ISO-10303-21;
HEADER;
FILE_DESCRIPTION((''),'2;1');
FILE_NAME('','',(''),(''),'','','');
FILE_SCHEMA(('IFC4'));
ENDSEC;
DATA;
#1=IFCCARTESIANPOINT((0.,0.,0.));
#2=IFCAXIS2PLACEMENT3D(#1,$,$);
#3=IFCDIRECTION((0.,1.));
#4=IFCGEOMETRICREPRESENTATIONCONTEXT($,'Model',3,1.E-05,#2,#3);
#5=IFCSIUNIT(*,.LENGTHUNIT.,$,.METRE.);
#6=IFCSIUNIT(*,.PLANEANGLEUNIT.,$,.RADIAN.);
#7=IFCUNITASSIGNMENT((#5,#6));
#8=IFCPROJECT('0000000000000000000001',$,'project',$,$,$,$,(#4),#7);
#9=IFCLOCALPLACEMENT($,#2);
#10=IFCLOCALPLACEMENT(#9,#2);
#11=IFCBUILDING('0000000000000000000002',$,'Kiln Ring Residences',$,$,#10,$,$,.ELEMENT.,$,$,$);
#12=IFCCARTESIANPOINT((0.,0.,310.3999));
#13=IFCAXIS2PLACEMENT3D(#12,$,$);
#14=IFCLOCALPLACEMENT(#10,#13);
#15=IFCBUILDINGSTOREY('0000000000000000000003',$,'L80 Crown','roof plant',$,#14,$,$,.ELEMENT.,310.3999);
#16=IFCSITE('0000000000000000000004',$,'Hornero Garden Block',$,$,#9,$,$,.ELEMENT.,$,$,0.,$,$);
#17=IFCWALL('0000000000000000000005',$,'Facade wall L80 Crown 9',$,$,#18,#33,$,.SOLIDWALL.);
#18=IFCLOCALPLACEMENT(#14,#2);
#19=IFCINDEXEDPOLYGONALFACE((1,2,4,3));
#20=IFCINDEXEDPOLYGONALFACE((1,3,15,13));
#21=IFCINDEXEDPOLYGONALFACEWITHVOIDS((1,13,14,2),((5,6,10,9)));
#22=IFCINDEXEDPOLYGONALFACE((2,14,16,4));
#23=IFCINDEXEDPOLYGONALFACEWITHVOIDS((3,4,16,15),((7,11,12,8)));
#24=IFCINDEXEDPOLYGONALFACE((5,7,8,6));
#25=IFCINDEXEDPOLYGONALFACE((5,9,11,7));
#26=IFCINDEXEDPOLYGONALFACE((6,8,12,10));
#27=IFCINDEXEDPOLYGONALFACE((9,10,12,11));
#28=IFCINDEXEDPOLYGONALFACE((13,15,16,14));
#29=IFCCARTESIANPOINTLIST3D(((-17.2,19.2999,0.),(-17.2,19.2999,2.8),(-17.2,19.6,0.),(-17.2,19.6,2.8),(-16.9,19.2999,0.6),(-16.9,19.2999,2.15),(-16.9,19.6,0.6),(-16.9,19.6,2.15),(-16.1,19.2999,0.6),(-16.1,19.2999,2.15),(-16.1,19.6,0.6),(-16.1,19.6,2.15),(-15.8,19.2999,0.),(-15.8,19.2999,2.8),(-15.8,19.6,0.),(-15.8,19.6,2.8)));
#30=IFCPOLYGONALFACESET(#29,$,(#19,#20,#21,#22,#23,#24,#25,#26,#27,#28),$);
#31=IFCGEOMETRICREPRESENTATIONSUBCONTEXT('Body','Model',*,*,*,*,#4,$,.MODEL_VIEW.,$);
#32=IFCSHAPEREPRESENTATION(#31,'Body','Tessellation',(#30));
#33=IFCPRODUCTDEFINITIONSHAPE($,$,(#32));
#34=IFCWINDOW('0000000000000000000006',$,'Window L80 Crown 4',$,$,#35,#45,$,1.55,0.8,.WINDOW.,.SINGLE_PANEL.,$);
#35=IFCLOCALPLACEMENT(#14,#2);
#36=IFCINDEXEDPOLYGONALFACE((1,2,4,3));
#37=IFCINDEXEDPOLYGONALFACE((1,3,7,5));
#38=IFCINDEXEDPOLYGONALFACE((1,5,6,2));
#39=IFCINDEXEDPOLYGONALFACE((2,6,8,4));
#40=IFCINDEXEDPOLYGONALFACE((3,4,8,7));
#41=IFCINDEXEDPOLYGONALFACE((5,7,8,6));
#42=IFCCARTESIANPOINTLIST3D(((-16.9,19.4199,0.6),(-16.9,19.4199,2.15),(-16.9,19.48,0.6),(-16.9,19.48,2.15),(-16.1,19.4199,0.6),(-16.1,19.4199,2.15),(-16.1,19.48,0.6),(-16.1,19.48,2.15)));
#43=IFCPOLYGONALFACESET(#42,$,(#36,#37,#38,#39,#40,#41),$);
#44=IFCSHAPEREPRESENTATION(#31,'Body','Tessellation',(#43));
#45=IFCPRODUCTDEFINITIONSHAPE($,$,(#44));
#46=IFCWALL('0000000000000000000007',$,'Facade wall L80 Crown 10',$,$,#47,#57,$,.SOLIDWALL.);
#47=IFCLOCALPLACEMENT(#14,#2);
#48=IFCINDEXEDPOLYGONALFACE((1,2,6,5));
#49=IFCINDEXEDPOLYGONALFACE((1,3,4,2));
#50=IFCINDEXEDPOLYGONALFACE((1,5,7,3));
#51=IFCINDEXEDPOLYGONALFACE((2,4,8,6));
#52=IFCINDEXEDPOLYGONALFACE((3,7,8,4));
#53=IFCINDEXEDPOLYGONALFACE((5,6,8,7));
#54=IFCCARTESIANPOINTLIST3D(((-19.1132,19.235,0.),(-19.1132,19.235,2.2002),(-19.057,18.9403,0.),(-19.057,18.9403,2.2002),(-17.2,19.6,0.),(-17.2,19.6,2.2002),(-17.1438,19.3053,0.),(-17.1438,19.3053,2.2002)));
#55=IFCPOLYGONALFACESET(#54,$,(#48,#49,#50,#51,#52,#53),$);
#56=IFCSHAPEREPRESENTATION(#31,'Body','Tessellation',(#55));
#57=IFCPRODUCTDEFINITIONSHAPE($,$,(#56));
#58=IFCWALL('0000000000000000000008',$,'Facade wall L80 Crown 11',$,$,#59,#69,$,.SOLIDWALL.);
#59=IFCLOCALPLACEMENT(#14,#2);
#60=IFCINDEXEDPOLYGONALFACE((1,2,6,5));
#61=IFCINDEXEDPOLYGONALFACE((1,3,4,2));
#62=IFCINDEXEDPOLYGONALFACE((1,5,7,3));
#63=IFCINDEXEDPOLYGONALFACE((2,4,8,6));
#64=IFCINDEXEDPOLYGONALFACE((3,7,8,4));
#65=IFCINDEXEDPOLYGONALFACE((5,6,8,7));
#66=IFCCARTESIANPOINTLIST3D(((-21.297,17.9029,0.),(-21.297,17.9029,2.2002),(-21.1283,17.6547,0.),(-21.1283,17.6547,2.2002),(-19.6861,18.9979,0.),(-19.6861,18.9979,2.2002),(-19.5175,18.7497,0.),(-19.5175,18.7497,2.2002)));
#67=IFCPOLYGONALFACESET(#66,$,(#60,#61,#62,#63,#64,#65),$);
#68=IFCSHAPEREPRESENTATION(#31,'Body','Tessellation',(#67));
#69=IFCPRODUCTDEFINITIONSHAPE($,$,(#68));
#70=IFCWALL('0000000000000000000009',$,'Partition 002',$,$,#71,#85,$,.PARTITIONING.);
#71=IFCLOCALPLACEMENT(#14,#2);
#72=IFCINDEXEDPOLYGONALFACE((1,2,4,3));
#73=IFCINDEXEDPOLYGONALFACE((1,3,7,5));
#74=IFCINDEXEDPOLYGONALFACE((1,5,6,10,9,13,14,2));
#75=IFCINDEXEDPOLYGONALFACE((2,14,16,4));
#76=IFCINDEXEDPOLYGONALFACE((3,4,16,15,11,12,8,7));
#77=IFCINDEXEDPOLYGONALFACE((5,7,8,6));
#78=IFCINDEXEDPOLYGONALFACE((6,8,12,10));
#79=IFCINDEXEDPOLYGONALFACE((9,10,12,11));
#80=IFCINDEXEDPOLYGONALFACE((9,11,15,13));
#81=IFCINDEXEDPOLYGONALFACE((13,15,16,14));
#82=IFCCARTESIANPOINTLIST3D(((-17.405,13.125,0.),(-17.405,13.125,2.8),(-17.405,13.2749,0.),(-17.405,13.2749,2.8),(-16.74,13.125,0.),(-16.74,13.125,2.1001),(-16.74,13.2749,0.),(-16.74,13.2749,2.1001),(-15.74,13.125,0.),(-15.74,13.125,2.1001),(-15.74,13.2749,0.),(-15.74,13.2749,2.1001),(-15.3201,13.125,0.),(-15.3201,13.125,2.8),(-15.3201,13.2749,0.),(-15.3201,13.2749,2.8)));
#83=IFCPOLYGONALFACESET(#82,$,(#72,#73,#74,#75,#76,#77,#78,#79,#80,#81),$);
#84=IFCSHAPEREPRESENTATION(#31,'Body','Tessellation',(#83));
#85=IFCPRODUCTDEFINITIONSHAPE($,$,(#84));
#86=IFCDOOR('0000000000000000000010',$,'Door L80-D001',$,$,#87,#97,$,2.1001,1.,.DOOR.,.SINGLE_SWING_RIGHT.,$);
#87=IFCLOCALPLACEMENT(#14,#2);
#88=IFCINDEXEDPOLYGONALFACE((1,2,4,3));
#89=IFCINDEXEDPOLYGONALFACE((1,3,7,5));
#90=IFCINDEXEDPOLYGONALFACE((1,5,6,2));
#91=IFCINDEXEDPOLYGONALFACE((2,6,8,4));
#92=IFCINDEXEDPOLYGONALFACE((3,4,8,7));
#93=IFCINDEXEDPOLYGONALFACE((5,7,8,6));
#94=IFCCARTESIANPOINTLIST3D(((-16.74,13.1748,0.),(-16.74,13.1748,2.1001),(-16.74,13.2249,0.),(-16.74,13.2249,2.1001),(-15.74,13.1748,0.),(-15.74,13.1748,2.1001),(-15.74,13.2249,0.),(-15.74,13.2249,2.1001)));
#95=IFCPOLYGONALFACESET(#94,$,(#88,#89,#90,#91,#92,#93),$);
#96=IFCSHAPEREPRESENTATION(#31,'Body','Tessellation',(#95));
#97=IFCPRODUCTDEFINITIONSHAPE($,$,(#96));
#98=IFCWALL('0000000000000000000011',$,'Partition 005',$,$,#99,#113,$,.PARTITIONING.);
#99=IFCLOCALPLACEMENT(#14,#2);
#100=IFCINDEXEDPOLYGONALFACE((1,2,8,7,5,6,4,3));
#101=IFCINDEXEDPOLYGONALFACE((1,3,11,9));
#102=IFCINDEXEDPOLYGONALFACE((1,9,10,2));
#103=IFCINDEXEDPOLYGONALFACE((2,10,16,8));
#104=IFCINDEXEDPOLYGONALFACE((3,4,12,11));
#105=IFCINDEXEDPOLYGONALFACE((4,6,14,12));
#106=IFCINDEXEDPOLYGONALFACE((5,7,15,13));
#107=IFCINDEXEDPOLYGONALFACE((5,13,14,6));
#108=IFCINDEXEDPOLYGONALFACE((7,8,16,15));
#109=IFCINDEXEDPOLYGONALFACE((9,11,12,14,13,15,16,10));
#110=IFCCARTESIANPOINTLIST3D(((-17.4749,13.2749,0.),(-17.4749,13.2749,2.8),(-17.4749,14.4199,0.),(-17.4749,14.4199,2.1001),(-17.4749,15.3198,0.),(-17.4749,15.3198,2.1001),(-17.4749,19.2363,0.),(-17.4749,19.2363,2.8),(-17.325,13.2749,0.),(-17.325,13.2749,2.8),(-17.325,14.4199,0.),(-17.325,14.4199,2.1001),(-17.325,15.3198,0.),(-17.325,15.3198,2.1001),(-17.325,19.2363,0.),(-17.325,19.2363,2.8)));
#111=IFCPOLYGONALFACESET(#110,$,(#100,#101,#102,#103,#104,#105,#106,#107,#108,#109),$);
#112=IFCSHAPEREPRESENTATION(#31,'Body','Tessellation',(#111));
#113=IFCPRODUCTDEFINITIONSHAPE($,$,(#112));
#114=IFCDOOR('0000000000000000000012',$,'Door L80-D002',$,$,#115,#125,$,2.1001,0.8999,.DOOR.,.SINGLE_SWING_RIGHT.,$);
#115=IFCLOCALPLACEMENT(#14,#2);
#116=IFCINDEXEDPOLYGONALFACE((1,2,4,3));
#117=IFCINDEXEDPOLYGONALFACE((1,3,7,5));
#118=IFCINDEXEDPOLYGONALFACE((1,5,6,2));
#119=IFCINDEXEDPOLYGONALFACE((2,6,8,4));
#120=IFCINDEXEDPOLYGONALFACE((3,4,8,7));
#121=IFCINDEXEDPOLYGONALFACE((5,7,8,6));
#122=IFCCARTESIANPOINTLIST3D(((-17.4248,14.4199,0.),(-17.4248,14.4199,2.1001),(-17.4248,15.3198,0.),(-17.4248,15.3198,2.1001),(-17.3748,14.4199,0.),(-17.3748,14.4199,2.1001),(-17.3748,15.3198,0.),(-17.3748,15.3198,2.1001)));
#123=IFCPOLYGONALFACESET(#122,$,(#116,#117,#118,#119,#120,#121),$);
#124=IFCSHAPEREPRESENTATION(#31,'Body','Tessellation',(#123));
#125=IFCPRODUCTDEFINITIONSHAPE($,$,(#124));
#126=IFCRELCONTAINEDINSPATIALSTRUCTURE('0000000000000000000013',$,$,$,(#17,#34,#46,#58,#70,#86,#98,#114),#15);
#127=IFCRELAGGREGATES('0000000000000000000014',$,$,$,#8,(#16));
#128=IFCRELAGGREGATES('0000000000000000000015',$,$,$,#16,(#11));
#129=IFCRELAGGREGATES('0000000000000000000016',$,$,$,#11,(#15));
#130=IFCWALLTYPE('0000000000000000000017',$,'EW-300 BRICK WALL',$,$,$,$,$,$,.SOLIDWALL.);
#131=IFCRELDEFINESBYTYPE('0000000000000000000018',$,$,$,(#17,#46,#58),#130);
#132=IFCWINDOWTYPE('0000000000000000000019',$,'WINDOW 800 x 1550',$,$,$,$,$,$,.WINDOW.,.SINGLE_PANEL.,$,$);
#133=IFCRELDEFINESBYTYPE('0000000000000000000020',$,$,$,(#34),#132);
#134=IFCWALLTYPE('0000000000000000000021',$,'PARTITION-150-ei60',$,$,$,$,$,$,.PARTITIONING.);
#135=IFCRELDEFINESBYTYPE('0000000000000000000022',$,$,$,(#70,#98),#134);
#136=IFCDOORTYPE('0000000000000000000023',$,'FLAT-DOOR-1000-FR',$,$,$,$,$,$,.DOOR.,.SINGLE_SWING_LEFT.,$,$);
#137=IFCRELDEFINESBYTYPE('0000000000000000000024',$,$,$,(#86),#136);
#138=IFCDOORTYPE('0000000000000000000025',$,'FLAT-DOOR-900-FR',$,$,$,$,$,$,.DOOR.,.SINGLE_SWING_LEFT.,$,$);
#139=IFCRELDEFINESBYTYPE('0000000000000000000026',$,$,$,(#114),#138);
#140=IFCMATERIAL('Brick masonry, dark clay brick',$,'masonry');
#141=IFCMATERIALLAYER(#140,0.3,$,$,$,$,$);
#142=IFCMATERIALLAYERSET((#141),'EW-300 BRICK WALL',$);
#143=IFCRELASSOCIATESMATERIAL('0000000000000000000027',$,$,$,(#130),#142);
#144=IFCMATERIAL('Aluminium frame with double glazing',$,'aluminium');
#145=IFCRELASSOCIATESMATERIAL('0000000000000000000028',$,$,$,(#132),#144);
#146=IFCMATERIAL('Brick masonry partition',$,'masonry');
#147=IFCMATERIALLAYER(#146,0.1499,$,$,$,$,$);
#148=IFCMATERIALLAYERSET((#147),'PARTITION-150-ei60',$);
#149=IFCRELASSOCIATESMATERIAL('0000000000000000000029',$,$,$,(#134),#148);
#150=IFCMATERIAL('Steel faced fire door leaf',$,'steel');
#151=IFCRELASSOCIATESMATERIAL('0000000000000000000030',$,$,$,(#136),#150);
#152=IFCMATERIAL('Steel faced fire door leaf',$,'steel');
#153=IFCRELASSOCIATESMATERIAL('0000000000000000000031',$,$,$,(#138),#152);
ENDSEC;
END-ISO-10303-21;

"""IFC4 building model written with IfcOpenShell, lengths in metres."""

from ifc_helpers import new_model, si_unit, direction, frame, frame_2d, origin, place, context, subcontext, project, spatial, rectangle, extrude, material, layer, layer_set, type_object, element, fill, save


model = new_model("IFC4")

# Units and contexts
model_context = context("Model", 3, precision=1e-05, world=origin(), true_north=direction((0.0, 1.0)))
body_context = subcontext(model_context, "Body", "Model", "MODEL_VIEW")
ifc_project = project(units=[si_unit("LENGTHUNIT", "METRE"), si_unit("PLANEANGLEUNIT", "RADIAN")], contexts=[model_context])

# Site, building, storey
site_placement = place(None, origin())
site = spatial("IfcSite", under=ifc_project, at=site_placement, Name="Hornero Garden Block", CompositionType="ELEMENT", RefElevation=0.0)
building_placement = place(site_placement, origin())
building = spatial("IfcBuilding", under=site, at=building_placement, Name="Kiln Ring Residences", CompositionType="ELEMENT")
storey_placement = place(building_placement, frame((0.0, 0.0, 310.3999)))
storey = spatial("IfcBuildingStorey", under=building, at=storey_placement, Name="L80 Crown", Description="roof plant", CompositionType="ELEMENT", Elevation=310.3999)

# Wall, opening, window
ifc_material_1 = material(Name="Brick masonry, dark clay brick", Category="masonry")
ifc_layer_1 = layer(ifc_material_1, 0.3)
ifc_layer_set_1 = layer_set([ifc_layer_1], Name="EW-300 BRICK WALL")
wall_type_1 = type_object("IfcWallType", Name="EW-300 BRICK WALL", PredefinedType="SOLIDWALL", material=ifc_layer_set_1)
wall_1_placement = place(storey_placement, frame((-15.8, 19.45, 0.0), z_axis=(0.0, 0.0, 1.0), x_axis=(-1.0, 0.0, 0.0)))
wall_1 = element("IfcWall", 1, at=wall_1_placement, inside=storey, type_object=wall_type_1, Name="Facade wall L80 Crown 9", PredefinedType="SOLIDWALL", context=body_context, shape_type="SweptSolid", body=[
    extrude(rectangle(XDim=1.3999, YDim=0.3, at=frame_2d((0.7, 0.0))), origin(), (0.0, 0.0, 1.0), 2.8),
])
opening_1_placement = place(wall_1_placement, frame((0.3, 0.0, 0.6001)))
opening_1 = element("IfcOpeningElement", 2, at=opening_1_placement, cuts=wall_1, PredefinedType="OPENING", context=body_context, shape_type="SweptSolid", body=[
    extrude(rectangle(XDim=0.8, YDim=1.55, at=frame_2d((0.3999, 0.7749))), frame((0.0, 0.1599, 0.0), z_axis=(0.0, -1.0, 0.0), x_axis=(1.0, 0.0, 0.0)), (0.0, 0.0, 1.0), 0.3201),
])
ifc_material_2 = material(Name="Aluminium frame with double glazing", Category="aluminium")
window_type = type_object("IfcWindowType", Name="WINDOW 800 x 1550", PartitioningType="SINGLE_PANEL", PredefinedType="WINDOW", material=ifc_material_2)
window_placement = place(opening_1_placement, origin())
window = element("IfcWindow", 3, at=window_placement, inside=storey, type_object=window_type, Name="Window L80 Crown 4", OverallHeight=1.55, OverallWidth=0.8, PartitioningType="SINGLE_PANEL", PredefinedType="WINDOW", context=body_context, shape_type="SweptSolid", body=[
    extrude(rectangle(XDim=0.8, YDim=1.55, at=frame_2d((0.3999, 0.7749))), frame((0.0, 0.03, 0.0), z_axis=(0.0, -1.0, 0.0), x_axis=(1.0, 0.0, 0.0)), (0.0, 0.0, 1.0), 0.0601),
])
fill(opening_1, window)

# Walls
for number, where, z_axis, x_axis, name in (
    (4, (-17.1719, 19.4526, 0.0), (0.0, 0.0, 1.0), (-0.982287, -0.187383, 0.0), "Facade wall L80 Crown 10"),
    (5, (-19.6018, 18.8738, 0.0), (0.0, 0.0, 1.0), (-0.827022, -0.562169, 0.0), "Facade wall L80 Crown 11"),
):
    element("IfcWall", number, at=place(storey_placement, frame(where, z_axis=z_axis, x_axis=x_axis)), inside=storey, type_object=wall_type_1, Name=name, PredefinedType="SOLIDWALL", context=body_context, shape_type="SweptSolid", body=[
        extrude(rectangle(XDim=1.9478, YDim=0.3, at=frame_2d((0.9739, 0.0))), origin(), (0.0, 0.0, 1.0), 2.2002),
    ])

# Walls, openings, doors
ifc_material_3 = material(Name="Brick masonry partition", Category="masonry")
ifc_layer_2 = layer(ifc_material_3, 0.1499)
ifc_layer_set_2 = layer_set([ifc_layer_2], Name="PARTITION-150-ei60")
wall_type_2 = type_object("IfcWallType", Name="PARTITION-150-ei60", PredefinedType="PARTITIONING", material=ifc_layer_set_2)
wall_2_placement = place(storey_placement, frame((-17.405, 13.2, 0.0), z_axis=(0.0, 0.0, 1.0), x_axis=(1.0, 0.0, 0.0)))
wall_2 = element("IfcWall", 6, at=wall_2_placement, inside=storey, type_object=wall_type_2, Name="Partition 002", PredefinedType="PARTITIONING", context=body_context, shape_type="SweptSolid", body=[
    extrude(rectangle(XDim=2.085, YDim=0.1499, at=frame_2d((1.0425, 0.0))), origin(), (0.0, 0.0, 1.0), 2.8),
])
opening_2_placement = place(wall_2_placement, frame((0.665, 0.0, 0.0)))
opening_2 = element("IfcOpeningElement", 7, at=opening_2_placement, cuts=wall_2, PredefinedType="OPENING", context=body_context, shape_type="SweptSolid", body=[
    extrude(rectangle(XDim=1.0, YDim=2.1001, at=frame_2d((0.5, 1.05))), frame((0.0, 0.085, 0.0), z_axis=(0.0, -1.0, 0.0), x_axis=(1.0, 0.0, 0.0)), (0.0, 0.0, 1.0), 0.1699),
])
ifc_material_4 = material(Name="Steel faced fire door leaf", Category="steel")
door_type_1 = type_object("IfcDoorType", Name="FLAT-DOOR-1000-FR", OperationType="SINGLE_SWING_LEFT", PredefinedType="DOOR", material=ifc_material_4)
door_1_placement = place(opening_2_placement, origin())
door_1 = element("IfcDoor", 8, at=door_1_placement, inside=storey, type_object=door_type_1, Name="Door L80-D001", OperationType="SINGLE_SWING_RIGHT", OverallHeight=2.1001, OverallWidth=1.0, PredefinedType="DOOR", context=body_context, shape_type="SweptSolid", body=[
    extrude(rectangle(XDim=1.0, YDim=2.1001, at=frame_2d((0.5, 1.05))), frame((0.0, 0.0249, 0.0), z_axis=(0.0, -1.0, 0.0), x_axis=(1.0, 0.0, 0.0)), (0.0, 0.0, 1.0), 0.05),
])
fill(opening_2, door_1)
wall_3_placement = place(storey_placement, frame((-17.3999, 13.2749, 0.0), z_axis=(0.0, 0.0, 1.0), x_axis=(0.0, 1.0, 0.0)))
wall_3 = element("IfcWall", 9, at=wall_3_placement, inside=storey, type_object=wall_type_2, Name="Partition 005", PredefinedType="PARTITIONING", context=body_context, shape_type="SweptSolid", body=[
    extrude(rectangle(XDim=5.9614, YDim=0.1499, at=frame_2d((2.9807, 0.0))), origin(), (0.0, 0.0, 1.0), 2.8),
])
opening_3_placement = place(wall_3_placement, frame((1.145, 0.0, 0.0)))
opening_3 = element("IfcOpeningElement", 10, at=opening_3_placement, cuts=wall_3, PredefinedType="OPENING", context=body_context, shape_type="SweptSolid", body=[
    extrude(rectangle(XDim=0.8999, YDim=2.1001, at=frame_2d((0.45, 1.05))), frame((0.0, 0.085, 0.0), z_axis=(0.0, -1.0, 0.0), x_axis=(1.0, 0.0, 0.0)), (0.0, 0.0, 1.0), 0.1699),
])
ifc_material_5 = material(Name="Steel faced fire door leaf", Category="steel")
door_type_2 = type_object("IfcDoorType", Name="FLAT-DOOR-900-FR", OperationType="SINGLE_SWING_LEFT", PredefinedType="DOOR", material=ifc_material_5)
door_2_placement = place(opening_3_placement, origin())
door_2 = element("IfcDoor", 11, at=door_2_placement, inside=storey, type_object=door_type_2, Name="Door L80-D002", OperationType="SINGLE_SWING_RIGHT", OverallHeight=2.1001, OverallWidth=0.8999, PredefinedType="DOOR", context=body_context, shape_type="SweptSolid", body=[
    extrude(rectangle(XDim=0.8999, YDim=2.1001, at=frame_2d((0.45, 1.05))), frame((0.0, 0.0249, 0.0), z_axis=(0.0, -1.0, 0.0), x_axis=(1.0, 0.0, 0.0)), (0.0, 0.0, 1.0), 0.05),
])
fill(opening_3, door_2)

save(model, "model.ifc")
